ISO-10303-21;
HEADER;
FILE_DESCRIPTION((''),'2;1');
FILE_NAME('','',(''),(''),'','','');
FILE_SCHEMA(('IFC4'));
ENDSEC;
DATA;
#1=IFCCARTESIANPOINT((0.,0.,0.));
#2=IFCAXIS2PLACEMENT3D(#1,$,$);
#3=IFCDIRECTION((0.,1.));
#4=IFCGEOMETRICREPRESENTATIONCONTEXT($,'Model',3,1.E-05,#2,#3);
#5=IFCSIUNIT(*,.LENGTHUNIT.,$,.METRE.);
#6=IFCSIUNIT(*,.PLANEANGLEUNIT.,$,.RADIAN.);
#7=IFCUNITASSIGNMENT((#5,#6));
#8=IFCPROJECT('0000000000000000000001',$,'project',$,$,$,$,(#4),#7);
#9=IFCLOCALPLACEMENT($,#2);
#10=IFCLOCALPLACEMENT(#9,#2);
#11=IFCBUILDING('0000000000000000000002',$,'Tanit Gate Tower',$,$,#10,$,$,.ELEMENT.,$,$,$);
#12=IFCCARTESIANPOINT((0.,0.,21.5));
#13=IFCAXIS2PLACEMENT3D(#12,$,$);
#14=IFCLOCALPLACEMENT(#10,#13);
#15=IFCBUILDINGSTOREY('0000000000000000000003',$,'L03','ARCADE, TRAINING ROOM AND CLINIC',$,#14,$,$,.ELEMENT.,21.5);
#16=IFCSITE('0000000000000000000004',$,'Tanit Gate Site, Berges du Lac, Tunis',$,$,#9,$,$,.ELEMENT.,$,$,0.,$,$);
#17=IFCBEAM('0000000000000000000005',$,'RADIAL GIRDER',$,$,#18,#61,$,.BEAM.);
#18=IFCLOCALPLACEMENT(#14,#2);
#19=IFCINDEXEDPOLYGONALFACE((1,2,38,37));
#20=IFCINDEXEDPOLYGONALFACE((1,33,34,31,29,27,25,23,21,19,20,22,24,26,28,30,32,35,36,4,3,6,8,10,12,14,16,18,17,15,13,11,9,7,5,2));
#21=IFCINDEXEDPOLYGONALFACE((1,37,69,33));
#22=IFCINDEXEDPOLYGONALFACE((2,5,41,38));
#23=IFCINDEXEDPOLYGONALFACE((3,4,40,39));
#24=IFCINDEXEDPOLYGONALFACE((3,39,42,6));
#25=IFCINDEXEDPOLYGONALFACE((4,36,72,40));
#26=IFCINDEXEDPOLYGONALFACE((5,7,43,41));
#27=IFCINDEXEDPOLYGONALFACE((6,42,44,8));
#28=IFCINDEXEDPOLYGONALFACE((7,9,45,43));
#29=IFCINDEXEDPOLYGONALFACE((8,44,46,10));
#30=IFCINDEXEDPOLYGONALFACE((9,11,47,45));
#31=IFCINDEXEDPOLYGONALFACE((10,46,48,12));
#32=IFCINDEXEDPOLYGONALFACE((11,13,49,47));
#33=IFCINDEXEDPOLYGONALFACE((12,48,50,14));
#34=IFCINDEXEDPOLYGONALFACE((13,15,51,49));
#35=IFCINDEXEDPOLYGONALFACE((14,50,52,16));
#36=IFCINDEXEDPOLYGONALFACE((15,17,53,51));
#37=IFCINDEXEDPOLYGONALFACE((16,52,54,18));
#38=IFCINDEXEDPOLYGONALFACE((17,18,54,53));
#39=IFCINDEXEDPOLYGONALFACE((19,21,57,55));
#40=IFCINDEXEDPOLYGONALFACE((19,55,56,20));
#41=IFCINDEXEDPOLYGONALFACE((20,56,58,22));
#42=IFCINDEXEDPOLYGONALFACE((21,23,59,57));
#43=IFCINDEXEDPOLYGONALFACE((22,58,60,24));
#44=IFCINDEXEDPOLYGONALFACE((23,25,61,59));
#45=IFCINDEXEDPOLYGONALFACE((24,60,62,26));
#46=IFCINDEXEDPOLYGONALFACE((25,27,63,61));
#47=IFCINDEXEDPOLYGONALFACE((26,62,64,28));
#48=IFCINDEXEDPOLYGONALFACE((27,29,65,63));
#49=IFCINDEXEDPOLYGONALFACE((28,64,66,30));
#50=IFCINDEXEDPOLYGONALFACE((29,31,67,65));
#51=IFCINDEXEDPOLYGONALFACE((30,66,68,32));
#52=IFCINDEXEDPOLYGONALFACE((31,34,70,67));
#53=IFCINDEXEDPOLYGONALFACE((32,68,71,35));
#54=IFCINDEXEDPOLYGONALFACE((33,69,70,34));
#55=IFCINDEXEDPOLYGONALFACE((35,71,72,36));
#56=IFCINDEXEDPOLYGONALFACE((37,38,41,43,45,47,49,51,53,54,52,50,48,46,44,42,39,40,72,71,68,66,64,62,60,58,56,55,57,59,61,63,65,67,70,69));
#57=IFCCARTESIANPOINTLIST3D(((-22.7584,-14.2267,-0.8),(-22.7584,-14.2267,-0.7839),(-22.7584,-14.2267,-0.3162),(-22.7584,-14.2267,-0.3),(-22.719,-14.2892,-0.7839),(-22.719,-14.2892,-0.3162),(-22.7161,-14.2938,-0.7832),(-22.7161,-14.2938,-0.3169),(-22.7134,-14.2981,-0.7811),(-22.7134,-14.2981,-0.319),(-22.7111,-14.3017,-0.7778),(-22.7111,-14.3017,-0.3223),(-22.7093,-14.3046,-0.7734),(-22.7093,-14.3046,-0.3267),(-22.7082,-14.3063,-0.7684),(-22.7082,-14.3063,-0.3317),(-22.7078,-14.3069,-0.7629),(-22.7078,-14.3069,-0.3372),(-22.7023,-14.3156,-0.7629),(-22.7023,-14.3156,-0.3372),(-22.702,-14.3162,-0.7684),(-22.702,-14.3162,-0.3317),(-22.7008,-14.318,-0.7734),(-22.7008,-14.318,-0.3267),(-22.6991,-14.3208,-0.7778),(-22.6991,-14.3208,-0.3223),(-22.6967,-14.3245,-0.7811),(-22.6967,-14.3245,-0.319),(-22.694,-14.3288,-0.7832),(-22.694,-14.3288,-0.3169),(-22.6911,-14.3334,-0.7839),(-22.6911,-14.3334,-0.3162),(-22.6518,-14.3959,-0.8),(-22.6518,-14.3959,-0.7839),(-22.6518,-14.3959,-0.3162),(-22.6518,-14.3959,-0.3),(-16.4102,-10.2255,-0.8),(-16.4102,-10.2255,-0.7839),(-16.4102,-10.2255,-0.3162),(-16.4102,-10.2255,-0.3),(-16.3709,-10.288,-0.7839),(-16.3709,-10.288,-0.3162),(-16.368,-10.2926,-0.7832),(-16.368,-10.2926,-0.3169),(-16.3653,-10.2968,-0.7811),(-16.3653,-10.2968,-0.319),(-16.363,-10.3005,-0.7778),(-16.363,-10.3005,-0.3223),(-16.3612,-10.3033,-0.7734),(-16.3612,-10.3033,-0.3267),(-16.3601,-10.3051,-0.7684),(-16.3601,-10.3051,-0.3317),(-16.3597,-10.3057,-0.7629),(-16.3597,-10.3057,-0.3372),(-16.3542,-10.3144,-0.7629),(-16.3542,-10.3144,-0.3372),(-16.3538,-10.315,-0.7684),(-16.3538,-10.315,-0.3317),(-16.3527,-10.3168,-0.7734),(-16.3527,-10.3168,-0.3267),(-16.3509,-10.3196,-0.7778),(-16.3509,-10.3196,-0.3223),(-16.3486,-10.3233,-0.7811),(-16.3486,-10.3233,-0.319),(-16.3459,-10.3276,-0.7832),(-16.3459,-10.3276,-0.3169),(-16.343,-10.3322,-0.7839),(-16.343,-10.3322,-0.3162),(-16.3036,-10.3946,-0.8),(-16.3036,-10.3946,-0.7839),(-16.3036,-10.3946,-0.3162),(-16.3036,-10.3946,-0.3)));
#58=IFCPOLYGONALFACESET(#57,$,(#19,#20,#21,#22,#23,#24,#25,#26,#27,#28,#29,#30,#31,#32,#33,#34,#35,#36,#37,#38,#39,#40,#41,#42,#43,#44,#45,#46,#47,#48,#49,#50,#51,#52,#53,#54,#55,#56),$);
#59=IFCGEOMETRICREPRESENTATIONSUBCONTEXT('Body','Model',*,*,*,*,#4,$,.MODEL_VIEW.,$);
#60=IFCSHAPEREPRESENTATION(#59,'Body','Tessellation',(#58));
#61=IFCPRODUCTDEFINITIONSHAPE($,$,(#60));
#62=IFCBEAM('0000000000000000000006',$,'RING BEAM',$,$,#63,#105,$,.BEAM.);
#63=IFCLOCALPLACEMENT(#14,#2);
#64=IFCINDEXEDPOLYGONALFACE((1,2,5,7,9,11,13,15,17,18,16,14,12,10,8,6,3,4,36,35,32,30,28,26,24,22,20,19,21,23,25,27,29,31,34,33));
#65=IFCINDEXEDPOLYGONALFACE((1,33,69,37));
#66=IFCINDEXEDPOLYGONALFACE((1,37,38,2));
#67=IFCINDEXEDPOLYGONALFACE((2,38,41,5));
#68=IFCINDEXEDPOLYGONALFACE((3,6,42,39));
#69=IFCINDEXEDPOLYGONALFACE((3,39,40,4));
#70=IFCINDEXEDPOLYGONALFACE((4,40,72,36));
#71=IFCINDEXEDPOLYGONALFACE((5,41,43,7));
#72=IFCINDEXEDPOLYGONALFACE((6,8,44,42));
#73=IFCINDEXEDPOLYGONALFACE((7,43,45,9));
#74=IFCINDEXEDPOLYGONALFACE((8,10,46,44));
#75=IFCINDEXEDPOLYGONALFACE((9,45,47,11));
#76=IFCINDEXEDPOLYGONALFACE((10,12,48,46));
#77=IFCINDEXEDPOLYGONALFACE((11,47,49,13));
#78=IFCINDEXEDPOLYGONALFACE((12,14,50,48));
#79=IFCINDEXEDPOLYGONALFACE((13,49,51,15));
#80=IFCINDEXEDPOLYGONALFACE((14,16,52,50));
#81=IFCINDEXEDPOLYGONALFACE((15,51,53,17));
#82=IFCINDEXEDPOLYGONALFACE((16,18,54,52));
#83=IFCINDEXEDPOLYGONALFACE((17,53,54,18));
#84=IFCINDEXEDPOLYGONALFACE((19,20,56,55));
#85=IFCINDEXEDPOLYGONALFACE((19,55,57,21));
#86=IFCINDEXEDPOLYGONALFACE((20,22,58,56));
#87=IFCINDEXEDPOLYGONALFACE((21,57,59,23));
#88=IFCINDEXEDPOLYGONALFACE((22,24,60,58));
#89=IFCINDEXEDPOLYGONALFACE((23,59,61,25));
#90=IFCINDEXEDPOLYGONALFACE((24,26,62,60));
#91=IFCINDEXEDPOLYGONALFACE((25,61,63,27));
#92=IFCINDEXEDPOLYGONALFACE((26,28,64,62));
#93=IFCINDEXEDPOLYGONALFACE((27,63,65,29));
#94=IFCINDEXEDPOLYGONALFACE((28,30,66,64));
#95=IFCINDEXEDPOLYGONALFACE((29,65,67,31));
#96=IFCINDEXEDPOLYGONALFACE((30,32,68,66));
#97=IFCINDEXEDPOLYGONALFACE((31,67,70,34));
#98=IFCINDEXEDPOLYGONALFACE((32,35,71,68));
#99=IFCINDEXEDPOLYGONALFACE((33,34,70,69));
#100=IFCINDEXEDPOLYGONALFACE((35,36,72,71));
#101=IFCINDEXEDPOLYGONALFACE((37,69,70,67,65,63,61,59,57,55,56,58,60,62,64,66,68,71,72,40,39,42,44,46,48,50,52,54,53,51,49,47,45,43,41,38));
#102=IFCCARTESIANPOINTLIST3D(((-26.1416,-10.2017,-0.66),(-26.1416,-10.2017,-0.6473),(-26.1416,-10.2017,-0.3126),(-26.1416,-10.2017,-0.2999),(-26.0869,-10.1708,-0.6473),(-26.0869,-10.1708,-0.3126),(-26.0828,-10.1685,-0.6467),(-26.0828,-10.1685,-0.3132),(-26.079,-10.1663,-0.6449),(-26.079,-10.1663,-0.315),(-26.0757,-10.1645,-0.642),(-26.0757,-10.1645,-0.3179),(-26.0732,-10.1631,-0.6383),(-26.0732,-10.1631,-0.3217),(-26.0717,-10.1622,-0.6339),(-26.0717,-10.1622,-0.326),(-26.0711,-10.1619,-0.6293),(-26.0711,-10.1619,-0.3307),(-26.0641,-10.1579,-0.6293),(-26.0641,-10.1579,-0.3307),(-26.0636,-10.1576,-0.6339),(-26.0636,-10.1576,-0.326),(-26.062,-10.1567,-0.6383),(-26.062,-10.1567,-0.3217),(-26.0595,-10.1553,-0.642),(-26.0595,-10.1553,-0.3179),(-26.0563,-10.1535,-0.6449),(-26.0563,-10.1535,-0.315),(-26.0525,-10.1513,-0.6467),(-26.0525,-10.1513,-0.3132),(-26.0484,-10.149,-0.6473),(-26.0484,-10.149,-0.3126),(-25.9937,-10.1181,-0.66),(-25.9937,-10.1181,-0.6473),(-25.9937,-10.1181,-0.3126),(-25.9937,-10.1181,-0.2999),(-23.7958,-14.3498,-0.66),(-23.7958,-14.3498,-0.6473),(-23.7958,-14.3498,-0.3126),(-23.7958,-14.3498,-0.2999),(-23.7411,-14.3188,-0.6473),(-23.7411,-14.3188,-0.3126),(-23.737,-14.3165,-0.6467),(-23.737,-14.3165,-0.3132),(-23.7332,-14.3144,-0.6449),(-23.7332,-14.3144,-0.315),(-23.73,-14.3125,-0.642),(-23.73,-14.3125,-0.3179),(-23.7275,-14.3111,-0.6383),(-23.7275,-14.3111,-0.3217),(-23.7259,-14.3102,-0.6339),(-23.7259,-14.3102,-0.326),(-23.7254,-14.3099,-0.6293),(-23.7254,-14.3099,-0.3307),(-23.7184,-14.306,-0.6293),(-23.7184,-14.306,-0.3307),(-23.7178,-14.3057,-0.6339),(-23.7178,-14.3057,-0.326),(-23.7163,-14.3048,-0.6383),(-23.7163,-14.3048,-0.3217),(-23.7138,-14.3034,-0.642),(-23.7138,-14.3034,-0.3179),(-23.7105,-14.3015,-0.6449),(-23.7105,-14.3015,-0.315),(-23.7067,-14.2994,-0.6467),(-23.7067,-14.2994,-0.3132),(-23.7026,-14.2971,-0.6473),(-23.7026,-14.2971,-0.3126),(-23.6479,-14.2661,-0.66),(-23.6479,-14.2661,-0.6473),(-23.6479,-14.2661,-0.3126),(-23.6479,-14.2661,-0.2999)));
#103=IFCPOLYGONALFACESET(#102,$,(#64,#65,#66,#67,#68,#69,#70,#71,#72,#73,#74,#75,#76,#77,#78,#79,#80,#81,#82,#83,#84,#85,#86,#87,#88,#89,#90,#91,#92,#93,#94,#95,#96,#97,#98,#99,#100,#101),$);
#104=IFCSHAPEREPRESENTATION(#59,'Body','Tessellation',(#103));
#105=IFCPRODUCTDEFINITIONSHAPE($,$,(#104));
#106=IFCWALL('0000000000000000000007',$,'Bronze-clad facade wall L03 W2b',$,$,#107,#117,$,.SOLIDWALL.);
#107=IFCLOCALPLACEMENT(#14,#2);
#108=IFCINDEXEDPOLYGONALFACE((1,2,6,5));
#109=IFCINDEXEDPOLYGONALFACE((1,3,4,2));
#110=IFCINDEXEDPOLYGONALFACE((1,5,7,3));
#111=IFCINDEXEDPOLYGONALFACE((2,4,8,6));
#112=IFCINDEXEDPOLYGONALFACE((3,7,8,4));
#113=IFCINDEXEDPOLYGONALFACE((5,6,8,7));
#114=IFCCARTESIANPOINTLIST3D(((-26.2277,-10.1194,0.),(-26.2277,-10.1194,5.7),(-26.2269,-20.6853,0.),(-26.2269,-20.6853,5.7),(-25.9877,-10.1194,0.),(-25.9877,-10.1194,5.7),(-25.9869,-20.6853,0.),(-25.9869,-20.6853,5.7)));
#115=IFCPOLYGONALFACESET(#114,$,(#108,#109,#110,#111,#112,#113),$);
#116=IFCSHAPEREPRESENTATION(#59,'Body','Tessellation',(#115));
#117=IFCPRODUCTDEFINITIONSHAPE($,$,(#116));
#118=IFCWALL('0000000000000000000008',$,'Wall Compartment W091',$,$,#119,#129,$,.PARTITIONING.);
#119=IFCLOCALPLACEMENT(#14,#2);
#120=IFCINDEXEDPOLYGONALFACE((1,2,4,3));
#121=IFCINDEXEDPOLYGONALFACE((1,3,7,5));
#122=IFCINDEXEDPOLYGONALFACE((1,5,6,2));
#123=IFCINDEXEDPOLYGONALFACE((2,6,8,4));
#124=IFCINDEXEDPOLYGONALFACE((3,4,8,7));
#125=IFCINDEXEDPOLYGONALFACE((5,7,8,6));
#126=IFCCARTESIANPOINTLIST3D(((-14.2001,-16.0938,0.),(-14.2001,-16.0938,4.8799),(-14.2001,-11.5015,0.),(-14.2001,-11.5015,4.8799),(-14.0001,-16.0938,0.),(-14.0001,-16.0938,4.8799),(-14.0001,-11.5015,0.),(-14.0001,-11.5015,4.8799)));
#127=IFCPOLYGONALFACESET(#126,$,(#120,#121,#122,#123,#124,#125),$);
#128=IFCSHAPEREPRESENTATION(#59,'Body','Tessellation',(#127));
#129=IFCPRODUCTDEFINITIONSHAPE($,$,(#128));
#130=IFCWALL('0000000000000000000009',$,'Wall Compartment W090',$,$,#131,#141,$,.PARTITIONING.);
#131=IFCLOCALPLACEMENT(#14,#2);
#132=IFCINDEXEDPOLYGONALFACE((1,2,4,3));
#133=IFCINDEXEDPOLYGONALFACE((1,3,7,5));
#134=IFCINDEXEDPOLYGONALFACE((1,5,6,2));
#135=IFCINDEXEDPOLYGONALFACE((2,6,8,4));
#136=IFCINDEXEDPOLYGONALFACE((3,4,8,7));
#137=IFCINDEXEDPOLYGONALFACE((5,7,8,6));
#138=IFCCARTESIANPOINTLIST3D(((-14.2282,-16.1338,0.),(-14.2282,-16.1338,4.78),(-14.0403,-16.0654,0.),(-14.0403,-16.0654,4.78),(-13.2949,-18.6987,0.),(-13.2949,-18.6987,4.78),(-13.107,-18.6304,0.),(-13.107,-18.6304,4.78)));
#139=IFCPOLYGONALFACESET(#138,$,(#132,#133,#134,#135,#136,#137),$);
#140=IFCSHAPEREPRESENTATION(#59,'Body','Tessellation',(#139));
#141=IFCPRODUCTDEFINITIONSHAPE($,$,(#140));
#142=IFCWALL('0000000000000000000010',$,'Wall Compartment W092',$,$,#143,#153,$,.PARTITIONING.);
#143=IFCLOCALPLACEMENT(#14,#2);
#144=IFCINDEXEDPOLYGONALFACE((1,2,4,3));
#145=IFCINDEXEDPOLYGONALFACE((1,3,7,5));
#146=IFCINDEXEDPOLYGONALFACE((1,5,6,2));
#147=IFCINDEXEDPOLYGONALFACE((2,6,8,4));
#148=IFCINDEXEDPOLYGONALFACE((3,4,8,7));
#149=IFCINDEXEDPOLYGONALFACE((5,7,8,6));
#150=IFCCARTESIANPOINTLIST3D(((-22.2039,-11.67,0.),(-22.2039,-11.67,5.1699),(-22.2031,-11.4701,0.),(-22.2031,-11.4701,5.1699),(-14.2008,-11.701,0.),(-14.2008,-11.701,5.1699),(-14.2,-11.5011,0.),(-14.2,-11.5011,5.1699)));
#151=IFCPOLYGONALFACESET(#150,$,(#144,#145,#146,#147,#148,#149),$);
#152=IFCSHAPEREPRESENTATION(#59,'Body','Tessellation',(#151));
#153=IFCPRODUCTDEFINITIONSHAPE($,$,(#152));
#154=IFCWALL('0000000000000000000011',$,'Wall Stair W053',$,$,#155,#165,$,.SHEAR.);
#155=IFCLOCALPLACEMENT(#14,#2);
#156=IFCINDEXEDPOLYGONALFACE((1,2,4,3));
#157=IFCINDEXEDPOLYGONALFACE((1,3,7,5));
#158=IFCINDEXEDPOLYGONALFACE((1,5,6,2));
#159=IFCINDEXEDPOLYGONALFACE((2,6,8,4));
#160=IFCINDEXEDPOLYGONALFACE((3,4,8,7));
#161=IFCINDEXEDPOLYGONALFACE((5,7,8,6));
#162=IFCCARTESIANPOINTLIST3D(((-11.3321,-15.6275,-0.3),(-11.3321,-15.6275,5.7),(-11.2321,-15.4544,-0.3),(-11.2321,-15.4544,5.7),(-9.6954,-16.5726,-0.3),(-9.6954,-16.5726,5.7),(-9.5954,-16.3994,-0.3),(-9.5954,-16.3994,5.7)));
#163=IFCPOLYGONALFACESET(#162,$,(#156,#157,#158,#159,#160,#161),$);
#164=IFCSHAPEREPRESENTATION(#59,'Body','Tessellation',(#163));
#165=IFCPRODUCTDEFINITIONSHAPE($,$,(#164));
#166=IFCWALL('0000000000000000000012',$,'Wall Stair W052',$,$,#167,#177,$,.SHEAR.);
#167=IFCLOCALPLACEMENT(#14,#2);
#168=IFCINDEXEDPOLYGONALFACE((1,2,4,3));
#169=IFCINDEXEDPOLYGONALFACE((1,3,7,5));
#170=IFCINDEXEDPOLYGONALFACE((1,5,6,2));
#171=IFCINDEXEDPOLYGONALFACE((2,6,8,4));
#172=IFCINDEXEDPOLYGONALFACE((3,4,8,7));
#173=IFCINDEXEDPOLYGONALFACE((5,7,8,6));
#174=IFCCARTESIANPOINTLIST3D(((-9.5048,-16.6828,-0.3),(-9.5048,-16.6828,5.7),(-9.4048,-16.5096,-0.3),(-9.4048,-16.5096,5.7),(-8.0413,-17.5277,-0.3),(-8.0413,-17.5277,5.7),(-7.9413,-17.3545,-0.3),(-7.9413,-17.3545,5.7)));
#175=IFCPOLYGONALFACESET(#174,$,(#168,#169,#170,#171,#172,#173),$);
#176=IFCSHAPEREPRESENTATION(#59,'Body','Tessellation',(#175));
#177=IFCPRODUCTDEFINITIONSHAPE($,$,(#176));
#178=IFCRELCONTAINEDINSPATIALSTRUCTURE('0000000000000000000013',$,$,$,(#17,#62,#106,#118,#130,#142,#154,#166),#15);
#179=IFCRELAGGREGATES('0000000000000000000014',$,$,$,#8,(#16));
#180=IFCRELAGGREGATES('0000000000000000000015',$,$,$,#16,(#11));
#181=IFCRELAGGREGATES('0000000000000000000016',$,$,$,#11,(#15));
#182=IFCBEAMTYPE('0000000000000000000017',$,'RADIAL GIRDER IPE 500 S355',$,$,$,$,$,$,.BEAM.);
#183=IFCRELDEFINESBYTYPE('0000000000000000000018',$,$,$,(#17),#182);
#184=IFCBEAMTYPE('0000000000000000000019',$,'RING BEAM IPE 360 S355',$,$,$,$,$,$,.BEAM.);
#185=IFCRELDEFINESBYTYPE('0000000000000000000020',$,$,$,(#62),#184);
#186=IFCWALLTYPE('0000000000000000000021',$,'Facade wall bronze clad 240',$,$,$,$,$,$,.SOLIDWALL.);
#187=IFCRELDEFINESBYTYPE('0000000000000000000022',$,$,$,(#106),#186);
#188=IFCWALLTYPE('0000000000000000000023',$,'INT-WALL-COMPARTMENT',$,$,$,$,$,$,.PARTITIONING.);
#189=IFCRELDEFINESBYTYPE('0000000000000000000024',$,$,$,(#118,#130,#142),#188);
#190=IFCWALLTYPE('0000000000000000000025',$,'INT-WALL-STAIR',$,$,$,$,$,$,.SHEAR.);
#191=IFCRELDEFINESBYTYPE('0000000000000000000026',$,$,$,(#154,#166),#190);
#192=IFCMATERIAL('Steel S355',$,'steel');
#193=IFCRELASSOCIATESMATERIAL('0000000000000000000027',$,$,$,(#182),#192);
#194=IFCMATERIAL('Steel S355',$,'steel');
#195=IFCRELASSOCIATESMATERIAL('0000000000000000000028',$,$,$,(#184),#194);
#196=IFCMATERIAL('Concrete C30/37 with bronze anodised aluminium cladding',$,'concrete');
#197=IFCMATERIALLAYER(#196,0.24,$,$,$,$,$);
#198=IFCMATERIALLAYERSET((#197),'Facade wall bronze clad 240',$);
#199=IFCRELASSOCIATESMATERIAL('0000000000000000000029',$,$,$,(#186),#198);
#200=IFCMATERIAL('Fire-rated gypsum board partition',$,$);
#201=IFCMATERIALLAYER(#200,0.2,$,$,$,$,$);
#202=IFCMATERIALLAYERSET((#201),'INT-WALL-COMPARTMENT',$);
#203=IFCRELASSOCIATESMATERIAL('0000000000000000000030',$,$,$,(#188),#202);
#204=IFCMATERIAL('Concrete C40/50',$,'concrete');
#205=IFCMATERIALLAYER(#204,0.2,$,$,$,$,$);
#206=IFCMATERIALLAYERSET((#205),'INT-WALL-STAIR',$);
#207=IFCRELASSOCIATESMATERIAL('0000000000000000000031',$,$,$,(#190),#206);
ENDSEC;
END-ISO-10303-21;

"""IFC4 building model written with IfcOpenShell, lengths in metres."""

from ifc_helpers import new_model, si_unit, direction, frame, frame_2d, origin, origin_2d, place, context, subcontext, project, spatial, rectangle, i_section, extrude, material, layer, layer_set, material_profile, profile_set, type_object, element, save


model = new_model("IFC4")

# Units and contexts
model_context = context("Model", 3, precision=1e-05, world=origin(), true_north=direction((0.0, 1.0)))
body_context = subcontext(model_context, "Body", "Model", "MODEL_VIEW")
ifc_project = project(units=[si_unit("LENGTHUNIT", "METRE"), si_unit("PLANEANGLEUNIT", "RADIAN")], contexts=[model_context])

# Site, building, storey
site_placement = place(None, origin())
site = spatial("IfcSite", under=ifc_project, at=site_placement, Name="Tanit Gate Site, Berges du Lac, Tunis", CompositionType="ELEMENT", RefElevation=0.0)
building_placement = place(site_placement, origin())
building = spatial("IfcBuilding", under=site, at=building_placement, Name="Tanit Gate Tower", CompositionType="ELEMENT")
storey_placement = place(building_placement, frame((0.0, 0.0, 21.5)))
storey = spatial("IfcBuildingStorey", under=building, at=storey_placement, Name="L03", Description="ARCADE, TRAINING ROOM AND CLINIC", CompositionType="ELEMENT", Elevation=21.5)

# Beams
ifc_material_1 = material(Name="Steel S355", Category="steel")
ifc_material_profile_1 = material_profile(ifc_material_1, i_section(OverallWidth=0.2, OverallDepth=0.5, WebThickness=0.0103, FlangeThickness=0.0161, FilletRadius=0.021, at=origin_2d()), Name="IPE 500")
ifc_profile_set_1 = profile_set([ifc_material_profile_1], Name="Steel S355")
beam_type_1 = type_object("IfcBeamType", Name="RADIAL GIRDER IPE 500 S355", PredefinedType="BEAM", material=ifc_profile_set_1)
beam_1_placement = place(storey_placement, frame((-22.7051, -14.3113, -0.55), z_axis=(0.845978, 0.533218, 0.0), x_axis=(-0.533218, 0.845978, 0.0)))
element("IfcBeam", 1, at=beam_1_placement, inside=storey, type_object=beam_type_1, Name="RADIAL GIRDER", PredefinedType="BEAM", context=body_context, shape_type="SweptSolid", body=[
    extrude(i_section(OverallWidth=0.2, OverallDepth=0.5, WebThickness=0.0103, FlangeThickness=0.0161, FilletRadius=0.021, at=origin_2d()), origin(), (0.0, 0.0, 1.0), 7.5039),
])
ifc_material_2 = material(Name="Steel S355", Category="steel")
ifc_material_profile_2 = material_profile(ifc_material_2, i_section(OverallWidth=0.1699, OverallDepth=0.3601, WebThickness=0.0081, FlangeThickness=0.0127, FilletRadius=0.0181, at=origin_2d()), Name="IPE 360")
ifc_profile_set_2 = profile_set([ifc_material_profile_2], Name="Steel S355")
beam_type_2 = type_object("IfcBeamType", Name="RING BEAM IPE 360 S355", PredefinedType="BEAM", material=ifc_profile_set_2)
beam_2_placement = place(storey_placement, frame((-26.0676, -10.1599, -0.48), z_axis=(0.49225, -0.870454, 0.0), x_axis=(0.870454, 0.49225, 0.0)))
element("IfcBeam", 2, at=beam_2_placement, inside=storey, type_object=beam_type_2, Name="RING BEAM", PredefinedType="BEAM", context=body_context, shape_type="SweptSolid", body=[
    extrude(i_section(OverallWidth=0.1699, OverallDepth=0.3601, WebThickness=0.0081, FlangeThickness=0.0127, FilletRadius=0.0181, at=origin_2d()), origin(), (0.0, 0.0, 1.0), 4.7654),
])

# Walls
ifc_material_3 = material(Name="Concrete C30/37 with bronze anodised aluminium cladding", Category="concrete")
ifc_layer_1 = layer(ifc_material_3, 0.24)
ifc_layer_set_1 = layer_set([ifc_layer_1], Name="Facade wall bronze clad 240")
wall_type_1 = type_object("IfcWallType", Name="Facade wall bronze clad 240", PredefinedType="SOLIDWALL", material=ifc_layer_set_1)
wall_1_placement = place(storey_placement, frame((-26.1077, -10.1194, 0.0), z_axis=(0.0, 0.0, 1.0), x_axis=(0.000069, -1.0, 0.0)))
element("IfcWall", 3, at=wall_1_placement, inside=storey, type_object=wall_type_1, Name="Bronze-clad facade wall L03 W2b", PredefinedType="SOLIDWALL", context=body_context, shape_type="SweptSolid", body=[
    extrude(rectangle(XDim=10.5659, YDim=0.24, at=frame_2d((5.283, 0.0))), origin(), (0.0, 0.0, 1.0), 5.7),
])
ifc_material_4 = material(Name="Fire-rated gypsum board partition")
ifc_layer_2 = layer(ifc_material_4, 0.2)
ifc_layer_set_2 = layer_set([ifc_layer_2], Name="INT-WALL-COMPARTMENT")
wall_type_2 = type_object("IfcWallType", Name="INT-WALL-COMPARTMENT", PredefinedType="PARTITIONING", material=ifc_layer_set_2)
wall_2_placement = place(storey_placement, frame((-14.1001, -11.5015, 0.0), z_axis=(0.0, 0.0, 1.0), x_axis=(0.0, -1.0, 0.0)))
element("IfcWall", 4, at=wall_2_placement, inside=storey, type_object=wall_type_2, Name="Wall Compartment W091", PredefinedType="PARTITIONING", context=body_context, shape_type="SweptSolid", body=[
    extrude(rectangle(XDim=4.5923, YDim=0.2, at=frame_2d((2.2961, 0.0))), origin(), (0.0, 0.0, 1.0), 4.8799),
])
wall_3_placement = place(storey_placement, frame((-14.1343, -16.0996, 0.0), z_axis=(0.0, 0.0, 1.0), x_axis=(0.341951, -0.939718, 0.0)))
element("IfcWall", 5, at=wall_3_placement, inside=storey, type_object=wall_type_2, Name="Wall Compartment W090", PredefinedType="PARTITIONING", context=body_context, shape_type="SweptSolid", body=[
    extrude(rectangle(XDim=2.7295, YDim=0.2, at=frame_2d((1.3647, 0.0))), origin(), (0.0, 0.0, 1.0), 4.78),
])
wall_4_placement = place(storey_placement, frame((-22.2034, -11.5701, 0.0), z_axis=(0.0, 0.0, 1.0), x_axis=(0.999992, -0.003874, 0.0)))
element("IfcWall", 6, at=wall_4_placement, inside=storey, type_object=wall_type_2, Name="Wall Compartment W092", PredefinedType="PARTITIONING", context=body_context, shape_type="SweptSolid", body=[
    extrude(rectangle(XDim=8.0032, YDim=0.2, at=frame_2d((4.0015, 0.0))), origin(), (0.0, 0.0, 1.0), 5.1699),
])
ifc_material_5 = material(Name="Concrete C40/50", Category="concrete")
ifc_layer_3 = layer(ifc_material_5, 0.2)
ifc_layer_set_3 = layer_set([ifc_layer_3], Name="INT-WALL-STAIR")
wall_type_3 = type_object("IfcWallType", Name="INT-WALL-STAIR", PredefinedType="SHEAR", material=ifc_layer_set_3)
wall_5_placement = place(storey_placement, frame((-11.282, -15.541, -0.3), z_axis=(0.0, 0.0, 1.0), x_axis=(0.866001, -0.500043, 0.0)))
element("IfcWall", 7, at=wall_5_placement, inside=storey, type_object=wall_type_3, Name="Wall Stair W053", PredefinedType="SHEAR", context=body_context, shape_type="SweptSolid", body=[
    extrude(rectangle(XDim=1.8899, YDim=0.2, at=frame_2d((0.9448, 0.0))), origin(), (0.0, 0.0, 1.0), 6.0),
])
wall_6_placement = place(storey_placement, frame((-9.4548, -16.5962, -0.3), z_axis=(0.0, 0.0, 1.0), x_axis=(0.866039, -0.499977, 0.0)))
element("IfcWall", 8, at=wall_6_placement, inside=storey, type_object=wall_type_3, Name="Wall Stair W052", PredefinedType="SHEAR", context=body_context, shape_type="SweptSolid", body=[
    extrude(rectangle(XDim=1.6899, YDim=0.2, at=frame_2d((0.845, 0.0))), origin(), (0.0, 0.0, 1.0), 6.0),
])

save(model, "model.ifc")
